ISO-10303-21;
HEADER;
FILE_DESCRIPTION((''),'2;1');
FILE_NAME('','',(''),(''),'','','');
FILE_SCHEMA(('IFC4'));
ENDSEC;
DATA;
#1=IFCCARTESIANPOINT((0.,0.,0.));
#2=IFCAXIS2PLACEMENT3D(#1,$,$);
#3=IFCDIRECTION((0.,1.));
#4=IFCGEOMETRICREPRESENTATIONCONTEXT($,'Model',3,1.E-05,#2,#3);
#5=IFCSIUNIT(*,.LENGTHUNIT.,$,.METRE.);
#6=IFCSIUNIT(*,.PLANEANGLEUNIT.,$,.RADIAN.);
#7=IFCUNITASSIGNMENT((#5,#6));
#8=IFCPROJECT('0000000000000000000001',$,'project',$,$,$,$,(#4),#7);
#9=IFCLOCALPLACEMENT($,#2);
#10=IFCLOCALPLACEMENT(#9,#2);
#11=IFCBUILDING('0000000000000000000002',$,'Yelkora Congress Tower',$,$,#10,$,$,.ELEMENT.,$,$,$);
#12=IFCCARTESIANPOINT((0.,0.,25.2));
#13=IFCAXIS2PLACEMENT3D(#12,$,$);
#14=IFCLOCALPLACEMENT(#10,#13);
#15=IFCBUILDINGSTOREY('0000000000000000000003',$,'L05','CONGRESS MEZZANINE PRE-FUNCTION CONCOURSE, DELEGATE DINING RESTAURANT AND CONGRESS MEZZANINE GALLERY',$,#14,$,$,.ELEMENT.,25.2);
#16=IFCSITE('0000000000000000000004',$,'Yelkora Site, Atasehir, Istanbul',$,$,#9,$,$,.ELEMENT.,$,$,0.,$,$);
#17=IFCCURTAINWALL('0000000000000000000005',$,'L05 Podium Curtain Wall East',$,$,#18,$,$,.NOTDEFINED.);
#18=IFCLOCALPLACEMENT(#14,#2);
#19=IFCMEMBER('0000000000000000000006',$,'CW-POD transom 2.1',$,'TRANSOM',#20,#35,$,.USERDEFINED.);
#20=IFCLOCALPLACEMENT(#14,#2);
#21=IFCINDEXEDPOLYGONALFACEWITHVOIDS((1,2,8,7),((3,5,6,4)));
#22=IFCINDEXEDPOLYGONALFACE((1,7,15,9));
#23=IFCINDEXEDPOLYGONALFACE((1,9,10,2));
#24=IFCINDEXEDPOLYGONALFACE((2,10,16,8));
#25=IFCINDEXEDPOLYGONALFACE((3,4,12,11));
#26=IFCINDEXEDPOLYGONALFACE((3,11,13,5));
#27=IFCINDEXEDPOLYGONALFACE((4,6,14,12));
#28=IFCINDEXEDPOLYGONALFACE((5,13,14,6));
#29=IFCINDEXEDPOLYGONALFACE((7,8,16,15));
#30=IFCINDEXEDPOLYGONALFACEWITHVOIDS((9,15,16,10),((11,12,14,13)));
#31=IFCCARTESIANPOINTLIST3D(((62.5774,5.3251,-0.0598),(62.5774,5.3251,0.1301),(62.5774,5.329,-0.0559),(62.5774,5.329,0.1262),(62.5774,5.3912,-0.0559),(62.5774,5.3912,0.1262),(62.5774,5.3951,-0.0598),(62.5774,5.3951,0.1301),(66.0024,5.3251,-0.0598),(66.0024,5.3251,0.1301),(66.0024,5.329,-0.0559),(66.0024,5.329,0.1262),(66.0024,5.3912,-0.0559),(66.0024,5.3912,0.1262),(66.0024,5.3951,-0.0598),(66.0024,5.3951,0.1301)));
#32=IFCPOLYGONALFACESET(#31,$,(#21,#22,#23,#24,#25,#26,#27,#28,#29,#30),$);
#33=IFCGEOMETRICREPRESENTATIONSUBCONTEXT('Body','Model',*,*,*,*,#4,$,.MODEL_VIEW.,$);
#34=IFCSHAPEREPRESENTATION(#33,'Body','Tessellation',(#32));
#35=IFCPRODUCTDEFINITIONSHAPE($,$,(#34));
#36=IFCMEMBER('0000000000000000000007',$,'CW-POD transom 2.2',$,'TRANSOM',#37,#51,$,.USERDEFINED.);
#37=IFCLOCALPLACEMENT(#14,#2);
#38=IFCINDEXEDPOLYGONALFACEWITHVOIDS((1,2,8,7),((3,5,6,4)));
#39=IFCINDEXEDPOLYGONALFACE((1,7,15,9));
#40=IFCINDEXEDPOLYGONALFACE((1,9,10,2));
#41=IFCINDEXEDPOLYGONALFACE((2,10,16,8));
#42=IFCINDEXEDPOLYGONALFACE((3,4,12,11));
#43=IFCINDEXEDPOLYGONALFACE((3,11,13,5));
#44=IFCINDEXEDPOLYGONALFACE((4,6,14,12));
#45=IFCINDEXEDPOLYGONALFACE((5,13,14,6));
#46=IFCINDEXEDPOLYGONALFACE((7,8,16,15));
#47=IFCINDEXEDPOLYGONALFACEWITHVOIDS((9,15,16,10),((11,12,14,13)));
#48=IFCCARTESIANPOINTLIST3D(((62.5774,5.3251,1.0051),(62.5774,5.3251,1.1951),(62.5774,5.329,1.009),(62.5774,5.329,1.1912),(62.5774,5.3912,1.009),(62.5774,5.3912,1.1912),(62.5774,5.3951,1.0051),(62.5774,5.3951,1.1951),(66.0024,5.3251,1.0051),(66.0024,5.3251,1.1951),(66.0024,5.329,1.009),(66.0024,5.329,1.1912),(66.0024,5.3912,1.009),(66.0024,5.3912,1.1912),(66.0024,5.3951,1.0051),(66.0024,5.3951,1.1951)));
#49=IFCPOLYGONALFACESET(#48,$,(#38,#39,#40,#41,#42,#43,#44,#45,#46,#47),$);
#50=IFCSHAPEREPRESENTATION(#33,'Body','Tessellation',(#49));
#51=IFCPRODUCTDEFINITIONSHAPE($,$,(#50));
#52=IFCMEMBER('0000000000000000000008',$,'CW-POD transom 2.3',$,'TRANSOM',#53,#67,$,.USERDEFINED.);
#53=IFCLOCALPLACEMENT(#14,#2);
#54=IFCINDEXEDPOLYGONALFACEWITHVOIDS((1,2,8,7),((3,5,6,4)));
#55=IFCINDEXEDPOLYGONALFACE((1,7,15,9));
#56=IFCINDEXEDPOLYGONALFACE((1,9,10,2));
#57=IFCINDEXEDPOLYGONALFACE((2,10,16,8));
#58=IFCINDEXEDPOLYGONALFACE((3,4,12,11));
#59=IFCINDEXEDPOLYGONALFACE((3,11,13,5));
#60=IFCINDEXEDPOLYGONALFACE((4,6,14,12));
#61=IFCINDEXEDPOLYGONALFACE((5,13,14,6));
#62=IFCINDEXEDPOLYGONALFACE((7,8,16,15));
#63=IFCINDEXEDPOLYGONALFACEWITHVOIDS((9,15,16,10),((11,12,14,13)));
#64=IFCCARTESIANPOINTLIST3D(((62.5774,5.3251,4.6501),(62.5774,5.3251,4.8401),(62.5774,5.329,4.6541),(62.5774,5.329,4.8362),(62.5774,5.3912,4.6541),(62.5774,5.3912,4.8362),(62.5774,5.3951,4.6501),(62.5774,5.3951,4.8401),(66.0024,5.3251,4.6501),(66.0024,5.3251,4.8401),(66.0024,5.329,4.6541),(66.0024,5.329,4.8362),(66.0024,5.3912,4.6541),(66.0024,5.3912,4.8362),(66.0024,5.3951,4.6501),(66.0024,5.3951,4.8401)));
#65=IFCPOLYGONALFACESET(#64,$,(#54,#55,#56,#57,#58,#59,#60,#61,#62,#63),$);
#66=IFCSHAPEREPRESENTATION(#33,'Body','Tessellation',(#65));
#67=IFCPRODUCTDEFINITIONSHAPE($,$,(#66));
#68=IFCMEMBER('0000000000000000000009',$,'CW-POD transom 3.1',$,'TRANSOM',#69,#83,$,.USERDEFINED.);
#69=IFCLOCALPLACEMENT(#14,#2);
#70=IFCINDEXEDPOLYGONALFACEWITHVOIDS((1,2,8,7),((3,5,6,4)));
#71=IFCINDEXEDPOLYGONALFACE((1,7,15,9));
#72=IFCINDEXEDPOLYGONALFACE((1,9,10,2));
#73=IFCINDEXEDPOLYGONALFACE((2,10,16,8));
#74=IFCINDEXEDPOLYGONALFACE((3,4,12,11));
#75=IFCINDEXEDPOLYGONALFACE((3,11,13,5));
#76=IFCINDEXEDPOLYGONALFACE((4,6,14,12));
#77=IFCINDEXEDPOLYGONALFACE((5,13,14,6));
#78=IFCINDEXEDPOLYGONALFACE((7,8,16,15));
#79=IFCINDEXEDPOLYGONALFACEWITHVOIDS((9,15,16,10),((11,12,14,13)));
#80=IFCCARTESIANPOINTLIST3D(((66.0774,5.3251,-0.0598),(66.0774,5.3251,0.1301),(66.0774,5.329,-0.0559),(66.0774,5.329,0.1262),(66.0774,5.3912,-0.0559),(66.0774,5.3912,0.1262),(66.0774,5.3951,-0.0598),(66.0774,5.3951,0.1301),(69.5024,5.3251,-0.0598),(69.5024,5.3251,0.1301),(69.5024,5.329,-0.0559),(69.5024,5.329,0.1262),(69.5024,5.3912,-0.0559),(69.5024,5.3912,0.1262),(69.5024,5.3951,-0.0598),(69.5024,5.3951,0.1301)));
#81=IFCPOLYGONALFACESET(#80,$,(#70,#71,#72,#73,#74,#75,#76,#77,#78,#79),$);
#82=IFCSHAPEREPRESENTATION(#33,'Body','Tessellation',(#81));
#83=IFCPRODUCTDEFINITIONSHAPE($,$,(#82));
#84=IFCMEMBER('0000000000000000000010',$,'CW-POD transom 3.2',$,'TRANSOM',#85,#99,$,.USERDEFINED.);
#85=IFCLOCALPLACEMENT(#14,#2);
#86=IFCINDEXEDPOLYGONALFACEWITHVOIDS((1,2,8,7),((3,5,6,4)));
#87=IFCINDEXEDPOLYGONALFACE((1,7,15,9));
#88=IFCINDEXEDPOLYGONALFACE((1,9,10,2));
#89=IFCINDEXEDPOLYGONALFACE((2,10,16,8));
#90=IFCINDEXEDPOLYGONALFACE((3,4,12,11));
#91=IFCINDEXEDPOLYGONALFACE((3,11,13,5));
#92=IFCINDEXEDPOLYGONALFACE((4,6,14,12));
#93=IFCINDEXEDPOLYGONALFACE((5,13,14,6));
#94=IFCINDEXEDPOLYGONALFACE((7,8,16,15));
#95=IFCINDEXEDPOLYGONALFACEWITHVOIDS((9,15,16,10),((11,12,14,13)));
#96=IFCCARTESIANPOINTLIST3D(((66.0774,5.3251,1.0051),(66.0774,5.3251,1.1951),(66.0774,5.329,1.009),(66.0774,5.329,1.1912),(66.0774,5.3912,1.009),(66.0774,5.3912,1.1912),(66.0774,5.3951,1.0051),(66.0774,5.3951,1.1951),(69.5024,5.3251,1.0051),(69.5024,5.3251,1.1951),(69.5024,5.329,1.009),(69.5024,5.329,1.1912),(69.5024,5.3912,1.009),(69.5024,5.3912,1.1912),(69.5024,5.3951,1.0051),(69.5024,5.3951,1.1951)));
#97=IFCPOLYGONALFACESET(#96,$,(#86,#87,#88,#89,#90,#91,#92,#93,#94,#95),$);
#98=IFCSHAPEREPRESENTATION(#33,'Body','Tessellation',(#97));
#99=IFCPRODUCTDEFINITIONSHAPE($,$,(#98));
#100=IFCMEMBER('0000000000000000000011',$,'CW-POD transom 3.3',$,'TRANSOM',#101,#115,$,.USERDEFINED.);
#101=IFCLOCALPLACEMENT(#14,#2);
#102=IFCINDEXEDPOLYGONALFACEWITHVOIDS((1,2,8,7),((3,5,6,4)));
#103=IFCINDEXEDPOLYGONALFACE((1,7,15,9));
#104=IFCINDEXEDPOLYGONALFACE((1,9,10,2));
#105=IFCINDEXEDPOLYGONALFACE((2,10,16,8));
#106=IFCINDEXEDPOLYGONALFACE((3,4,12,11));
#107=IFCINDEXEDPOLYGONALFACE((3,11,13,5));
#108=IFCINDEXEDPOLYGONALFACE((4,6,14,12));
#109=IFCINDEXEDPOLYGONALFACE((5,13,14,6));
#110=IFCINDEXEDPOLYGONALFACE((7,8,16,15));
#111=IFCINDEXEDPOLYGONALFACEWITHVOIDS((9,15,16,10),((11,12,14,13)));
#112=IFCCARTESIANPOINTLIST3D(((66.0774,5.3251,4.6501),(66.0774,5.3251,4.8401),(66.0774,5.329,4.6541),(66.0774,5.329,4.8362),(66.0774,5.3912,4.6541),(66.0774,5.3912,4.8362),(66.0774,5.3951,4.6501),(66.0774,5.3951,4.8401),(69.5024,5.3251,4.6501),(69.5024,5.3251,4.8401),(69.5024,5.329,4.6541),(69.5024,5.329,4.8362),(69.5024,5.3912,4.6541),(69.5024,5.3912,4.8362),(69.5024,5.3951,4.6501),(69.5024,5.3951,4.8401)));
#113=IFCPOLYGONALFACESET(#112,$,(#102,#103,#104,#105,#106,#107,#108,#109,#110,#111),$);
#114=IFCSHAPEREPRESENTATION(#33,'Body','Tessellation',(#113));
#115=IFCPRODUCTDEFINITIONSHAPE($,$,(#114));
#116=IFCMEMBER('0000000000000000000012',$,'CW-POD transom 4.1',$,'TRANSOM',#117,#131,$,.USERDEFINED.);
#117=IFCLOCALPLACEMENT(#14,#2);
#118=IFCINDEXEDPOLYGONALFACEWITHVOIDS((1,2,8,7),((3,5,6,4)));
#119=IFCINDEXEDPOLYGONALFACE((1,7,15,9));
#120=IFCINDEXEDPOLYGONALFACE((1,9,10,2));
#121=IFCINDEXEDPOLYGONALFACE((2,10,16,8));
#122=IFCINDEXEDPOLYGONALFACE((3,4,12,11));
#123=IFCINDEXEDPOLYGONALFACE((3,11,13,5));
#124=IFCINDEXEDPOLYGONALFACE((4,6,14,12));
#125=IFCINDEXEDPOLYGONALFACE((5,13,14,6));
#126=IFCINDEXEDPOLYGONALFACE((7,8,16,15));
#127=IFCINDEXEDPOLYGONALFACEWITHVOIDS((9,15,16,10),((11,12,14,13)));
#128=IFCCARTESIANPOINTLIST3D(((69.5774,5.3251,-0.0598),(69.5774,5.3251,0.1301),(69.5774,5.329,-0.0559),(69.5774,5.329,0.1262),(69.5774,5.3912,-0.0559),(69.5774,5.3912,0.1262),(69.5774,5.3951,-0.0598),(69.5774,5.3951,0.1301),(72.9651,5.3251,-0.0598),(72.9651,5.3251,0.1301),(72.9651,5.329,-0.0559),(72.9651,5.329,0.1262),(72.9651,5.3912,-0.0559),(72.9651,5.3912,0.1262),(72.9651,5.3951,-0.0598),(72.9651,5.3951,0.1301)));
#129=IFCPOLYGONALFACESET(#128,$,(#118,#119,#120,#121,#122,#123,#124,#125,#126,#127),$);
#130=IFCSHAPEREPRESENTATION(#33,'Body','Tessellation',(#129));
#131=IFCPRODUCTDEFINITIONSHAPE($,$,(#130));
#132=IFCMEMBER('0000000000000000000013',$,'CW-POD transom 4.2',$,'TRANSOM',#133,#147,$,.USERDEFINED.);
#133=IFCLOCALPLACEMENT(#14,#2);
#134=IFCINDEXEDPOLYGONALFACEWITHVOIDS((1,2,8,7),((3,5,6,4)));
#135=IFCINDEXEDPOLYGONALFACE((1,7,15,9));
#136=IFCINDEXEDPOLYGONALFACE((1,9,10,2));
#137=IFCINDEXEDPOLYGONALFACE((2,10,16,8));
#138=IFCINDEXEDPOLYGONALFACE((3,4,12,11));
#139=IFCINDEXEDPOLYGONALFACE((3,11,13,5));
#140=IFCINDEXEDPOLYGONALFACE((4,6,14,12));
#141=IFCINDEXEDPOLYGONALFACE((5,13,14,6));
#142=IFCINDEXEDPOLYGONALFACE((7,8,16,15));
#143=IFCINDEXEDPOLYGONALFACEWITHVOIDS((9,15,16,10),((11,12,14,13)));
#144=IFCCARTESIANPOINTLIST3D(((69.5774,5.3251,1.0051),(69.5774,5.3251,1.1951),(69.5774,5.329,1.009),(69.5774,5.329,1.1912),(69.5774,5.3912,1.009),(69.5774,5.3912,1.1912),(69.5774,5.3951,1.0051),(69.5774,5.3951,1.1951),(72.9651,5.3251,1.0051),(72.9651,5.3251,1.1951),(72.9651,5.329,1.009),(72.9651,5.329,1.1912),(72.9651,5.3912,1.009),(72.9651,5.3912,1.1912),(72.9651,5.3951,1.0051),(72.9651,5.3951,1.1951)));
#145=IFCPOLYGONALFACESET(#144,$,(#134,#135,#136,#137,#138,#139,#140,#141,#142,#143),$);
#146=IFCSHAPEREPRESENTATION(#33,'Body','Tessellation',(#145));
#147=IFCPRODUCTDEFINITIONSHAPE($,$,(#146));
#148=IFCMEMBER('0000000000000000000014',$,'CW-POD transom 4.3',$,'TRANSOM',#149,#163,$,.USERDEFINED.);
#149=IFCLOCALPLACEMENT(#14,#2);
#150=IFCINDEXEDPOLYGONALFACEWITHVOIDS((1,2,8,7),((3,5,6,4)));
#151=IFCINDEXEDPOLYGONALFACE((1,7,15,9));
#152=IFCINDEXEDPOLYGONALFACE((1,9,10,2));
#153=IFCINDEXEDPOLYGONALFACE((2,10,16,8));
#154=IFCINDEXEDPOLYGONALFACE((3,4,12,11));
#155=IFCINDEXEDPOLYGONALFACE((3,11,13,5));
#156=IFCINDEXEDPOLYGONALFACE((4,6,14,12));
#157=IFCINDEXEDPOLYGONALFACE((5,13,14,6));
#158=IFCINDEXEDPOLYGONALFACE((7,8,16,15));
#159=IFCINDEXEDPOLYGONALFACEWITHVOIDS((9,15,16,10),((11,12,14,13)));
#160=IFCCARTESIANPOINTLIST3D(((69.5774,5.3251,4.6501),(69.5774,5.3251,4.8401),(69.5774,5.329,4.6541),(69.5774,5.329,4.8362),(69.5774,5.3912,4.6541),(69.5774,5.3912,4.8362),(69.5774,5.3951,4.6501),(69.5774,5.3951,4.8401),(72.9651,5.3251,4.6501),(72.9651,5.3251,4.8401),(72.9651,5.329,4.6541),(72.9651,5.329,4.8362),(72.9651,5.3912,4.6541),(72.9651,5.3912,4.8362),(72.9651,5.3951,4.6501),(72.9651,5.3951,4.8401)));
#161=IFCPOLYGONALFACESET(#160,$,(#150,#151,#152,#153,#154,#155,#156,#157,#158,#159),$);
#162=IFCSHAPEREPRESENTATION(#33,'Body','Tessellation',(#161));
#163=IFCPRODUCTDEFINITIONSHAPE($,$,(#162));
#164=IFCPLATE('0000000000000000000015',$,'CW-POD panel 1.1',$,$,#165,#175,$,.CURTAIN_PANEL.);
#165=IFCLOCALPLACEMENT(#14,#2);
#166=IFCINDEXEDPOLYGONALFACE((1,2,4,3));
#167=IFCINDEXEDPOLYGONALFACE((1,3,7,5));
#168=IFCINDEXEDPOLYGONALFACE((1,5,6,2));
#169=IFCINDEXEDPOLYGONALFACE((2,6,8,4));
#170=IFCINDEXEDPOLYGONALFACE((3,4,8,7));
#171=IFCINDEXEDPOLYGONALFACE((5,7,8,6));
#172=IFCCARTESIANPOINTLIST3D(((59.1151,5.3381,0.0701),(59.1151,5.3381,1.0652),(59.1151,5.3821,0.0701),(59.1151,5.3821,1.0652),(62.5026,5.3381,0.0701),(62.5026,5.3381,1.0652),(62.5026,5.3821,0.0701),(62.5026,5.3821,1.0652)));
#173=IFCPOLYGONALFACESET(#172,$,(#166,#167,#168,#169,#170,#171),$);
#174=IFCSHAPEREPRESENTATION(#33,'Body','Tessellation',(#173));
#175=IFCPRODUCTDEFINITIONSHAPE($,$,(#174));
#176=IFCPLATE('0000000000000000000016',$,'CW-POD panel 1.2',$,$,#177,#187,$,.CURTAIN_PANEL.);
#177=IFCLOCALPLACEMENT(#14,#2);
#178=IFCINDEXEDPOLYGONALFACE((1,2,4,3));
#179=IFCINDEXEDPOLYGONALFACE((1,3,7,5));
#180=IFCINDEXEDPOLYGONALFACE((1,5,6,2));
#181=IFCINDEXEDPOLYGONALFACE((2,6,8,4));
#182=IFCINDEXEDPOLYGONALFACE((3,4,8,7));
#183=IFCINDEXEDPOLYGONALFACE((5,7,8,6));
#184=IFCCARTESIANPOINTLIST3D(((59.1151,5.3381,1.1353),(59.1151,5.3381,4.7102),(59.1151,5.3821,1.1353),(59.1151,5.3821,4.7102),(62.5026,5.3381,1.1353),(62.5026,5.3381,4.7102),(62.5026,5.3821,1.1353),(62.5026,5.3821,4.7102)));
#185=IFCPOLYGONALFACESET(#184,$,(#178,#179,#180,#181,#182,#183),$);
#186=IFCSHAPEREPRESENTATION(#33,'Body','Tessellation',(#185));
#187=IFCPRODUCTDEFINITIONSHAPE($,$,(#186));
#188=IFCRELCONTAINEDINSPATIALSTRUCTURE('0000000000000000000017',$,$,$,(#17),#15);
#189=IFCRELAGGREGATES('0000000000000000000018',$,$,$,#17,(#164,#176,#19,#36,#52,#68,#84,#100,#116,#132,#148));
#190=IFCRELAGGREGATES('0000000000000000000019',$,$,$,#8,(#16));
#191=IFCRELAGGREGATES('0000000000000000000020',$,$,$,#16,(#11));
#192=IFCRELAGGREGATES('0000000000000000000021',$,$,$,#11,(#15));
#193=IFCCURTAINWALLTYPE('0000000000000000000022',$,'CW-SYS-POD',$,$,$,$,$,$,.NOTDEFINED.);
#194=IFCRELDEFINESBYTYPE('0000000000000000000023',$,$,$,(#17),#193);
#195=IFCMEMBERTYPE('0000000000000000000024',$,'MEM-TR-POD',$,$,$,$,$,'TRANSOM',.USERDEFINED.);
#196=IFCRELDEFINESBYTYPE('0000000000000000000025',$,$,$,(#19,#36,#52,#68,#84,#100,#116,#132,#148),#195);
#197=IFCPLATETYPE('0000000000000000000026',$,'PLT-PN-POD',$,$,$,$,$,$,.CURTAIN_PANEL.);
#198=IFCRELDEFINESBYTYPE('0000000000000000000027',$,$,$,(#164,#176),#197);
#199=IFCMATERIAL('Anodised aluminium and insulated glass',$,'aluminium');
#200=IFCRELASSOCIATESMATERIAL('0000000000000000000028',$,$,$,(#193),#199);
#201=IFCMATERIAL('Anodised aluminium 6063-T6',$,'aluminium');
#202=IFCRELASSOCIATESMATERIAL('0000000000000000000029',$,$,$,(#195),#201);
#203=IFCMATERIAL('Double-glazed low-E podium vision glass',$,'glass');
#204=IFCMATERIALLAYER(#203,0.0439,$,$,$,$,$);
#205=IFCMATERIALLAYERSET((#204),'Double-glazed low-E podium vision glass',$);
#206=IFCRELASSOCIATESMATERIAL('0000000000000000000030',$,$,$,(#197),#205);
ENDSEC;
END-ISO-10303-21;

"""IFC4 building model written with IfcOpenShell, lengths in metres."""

from ifc_helpers import new_model, si_unit, direction, frame, origin, origin_2d, place, context, subcontext, project, spatial, rectangle, hollow_rectangle, extrude, material, layer, layer_set, material_profile, profile_set, type_object, element, aggregate, save


model = new_model("IFC4")

# Units and contexts
model_context = context("Model", 3, precision=1e-05, world=origin(), true_north=direction((0.0, 1.0)))
body_context = subcontext(model_context, "Body", "Model", "MODEL_VIEW")
ifc_project = project(units=[si_unit("LENGTHUNIT", "METRE"), si_unit("PLANEANGLEUNIT", "RADIAN")], contexts=[model_context])

# Site, building, storey
site_placement = place(None, origin())
site = spatial("IfcSite", under=ifc_project, at=site_placement, Name="Yelkora Site, Atasehir, Istanbul", CompositionType="ELEMENT", RefElevation=0.0)
building_placement = place(site_placement, origin())
building = spatial("IfcBuilding", under=site, at=building_placement, Name="Yelkora Congress Tower", CompositionType="ELEMENT")
storey_placement = place(building_placement, frame((0.0, 0.0, 25.2)))
storey = spatial("IfcBuildingStorey", under=building, at=storey_placement, Name="L05", Description="CONGRESS MEZZANINE PRE-FUNCTION CONCOURSE, DELEGATE DINING RESTAURANT AND CONGRESS MEZZANINE GALLERY", CompositionType="ELEMENT", Elevation=25.2)

# Curtain wall, members, plates
ifc_material_1 = material(Name="Anodised aluminium and insulated glass", Category="aluminium")
curtain_wall_type = type_object("IfcCurtainWallType", Name="CW-SYS-POD", PredefinedType="NOTDEFINED", material=ifc_material_1)
curtain_wall_placement = place(storey_placement, origin())
curtain_wall = element("IfcCurtainWall", 1, at=curtain_wall_placement, inside=storey, type_object=curtain_wall_type, Name="L05 Podium Curtain Wall East", PredefinedType="NOTDEFINED")
ifc_material_2 = material(Name="Anodised aluminium 6063-T6", Category="aluminium")
ifc_material_profile_1 = material_profile(ifc_material_2, hollow_rectangle(XDim=0.0701, YDim=0.1899, WallThickness=0.0039, at=origin_2d()), Name="ALU 70x190x4")
ifc_profile_set_1 = profile_set([ifc_material_profile_1], Name="Anodised aluminium 6063-T6")
member_type_1 = type_object("IfcMemberType", Name="MEM-TR-POD", ElementType="TRANSOM", PredefinedType="USERDEFINED", material=ifc_profile_set_1)
member_1_placement = place(storey_placement, frame((62.5774, 5.3601, 0.0352), z_axis=(1.0, 0.0, 0.0), x_axis=(0.0, 1.0, 0.0)))
member_1 = element("IfcMember", 2, at=member_1_placement, type_object=member_type_1, Name="CW-POD transom 2.1", ObjectType="TRANSOM", PredefinedType="USERDEFINED", context=body_context, shape_type="SweptSolid", body=[
    extrude(hollow_rectangle(XDim=0.0701, YDim=0.1899, WallThickness=0.0039, at=origin_2d()), origin(), (0.0, 0.0, 1.0), 3.425),
])
member_2_placement = place(storey_placement, frame((62.5774, 5.3601, 1.1001), z_axis=(1.0, 0.0, 0.0), x_axis=(0.0, 1.0, 0.0)))
member_2 = element("IfcMember", 3, at=member_2_placement, type_object=member_type_1, Name="CW-POD transom 2.2", ObjectType="TRANSOM", PredefinedType="USERDEFINED", context=body_context, shape_type="SweptSolid", body=[
    extrude(hollow_rectangle(XDim=0.0701, YDim=0.1899, WallThickness=0.0039, at=origin_2d()), origin(), (0.0, 0.0, 1.0), 3.425),
])
member_3_placement = place(storey_placement, frame((62.5774, 5.3601, 4.7451), z_axis=(1.0, 0.0, 0.0), x_axis=(0.0, 1.0, 0.0)))
member_3 = element("IfcMember", 4, at=member_3_placement, type_object=member_type_1, Name="CW-POD transom 2.3", ObjectType="TRANSOM", PredefinedType="USERDEFINED", context=body_context, shape_type="SweptSolid", body=[
    extrude(hollow_rectangle(XDim=0.0701, YDim=0.1899, WallThickness=0.0039, at=origin_2d()), origin(), (0.0, 0.0, 1.0), 3.425),
])
member_4_placement = place(storey_placement, frame((66.0774, 5.3601, 0.0352), z_axis=(1.0, 0.0, 0.0), x_axis=(0.0, 1.0, 0.0)))
member_4 = element("IfcMember", 5, at=member_4_placement, type_object=member_type_1, Name="CW-POD transom 3.1", ObjectType="TRANSOM", PredefinedType="USERDEFINED", context=body_context, shape_type="SweptSolid", body=[
    extrude(hollow_rectangle(XDim=0.0701, YDim=0.1899, WallThickness=0.0039, at=origin_2d()), origin(), (0.0, 0.0, 1.0), 3.425),
])
member_5_placement = place(storey_placement, frame((66.0774, 5.3601, 1.1001), z_axis=(1.0, 0.0, 0.0), x_axis=(0.0, 1.0, 0.0)))
member_5 = element("IfcMember", 6, at=member_5_placement, type_object=member_type_1, Name="CW-POD transom 3.2", ObjectType="TRANSOM", PredefinedType="USERDEFINED", context=body_context, shape_type="SweptSolid", body=[
    extrude(hollow_rectangle(XDim=0.0701, YDim=0.1899, WallThickness=0.0039, at=origin_2d()), origin(), (0.0, 0.0, 1.0), 3.425),
])
member_6_placement = place(storey_placement, frame((66.0774, 5.3601, 4.7451), z_axis=(1.0, 0.0, 0.0), x_axis=(0.0, 1.0, 0.0)))
member_6 = element("IfcMember", 7, at=member_6_placement, type_object=member_type_1, Name="CW-POD transom 3.3", ObjectType="TRANSOM", PredefinedType="USERDEFINED", context=body_context, shape_type="SweptSolid", body=[
    extrude(hollow_rectangle(XDim=0.0701, YDim=0.1899, WallThickness=0.0039, at=origin_2d()), origin(), (0.0, 0.0, 1.0), 3.425),
])
member_7_placement = place(storey_placement, frame((69.5774, 5.3601, 0.0352), z_axis=(1.0, 0.0, 0.0), x_axis=(0.0, 1.0, 0.0)))
member_7 = element("IfcMember", 8, at=member_7_placement, type_object=member_type_1, Name="CW-POD transom 4.1", ObjectType="TRANSOM", PredefinedType="USERDEFINED", context=body_context, shape_type="SweptSolid", body=[
    extrude(hollow_rectangle(XDim=0.0701, YDim=0.1899, WallThickness=0.0039, at=origin_2d()), origin(), (0.0, 0.0, 1.0), 3.3877),
])
member_8_placement = place(storey_placement, frame((69.5774, 5.3601, 1.1001), z_axis=(1.0, 0.0, 0.0), x_axis=(0.0, 1.0, 0.0)))
member_8 = element("IfcMember", 9, at=member_8_placement, type_object=member_type_1, Name="CW-POD transom 4.2", ObjectType="TRANSOM", PredefinedType="USERDEFINED", context=body_context, shape_type="SweptSolid", body=[
    extrude(hollow_rectangle(XDim=0.0701, YDim=0.1899, WallThickness=0.0039, at=origin_2d()), origin(), (0.0, 0.0, 1.0), 3.3877),
])
member_9_placement = place(storey_placement, frame((69.5774, 5.3601, 4.7451), z_axis=(1.0, 0.0, 0.0), x_axis=(0.0, 1.0, 0.0)))
member_9 = element("IfcMember", 10, at=member_9_placement, type_object=member_type_1, Name="CW-POD transom 4.3", ObjectType="TRANSOM", PredefinedType="USERDEFINED", context=body_context, shape_type="SweptSolid", body=[
    extrude(hollow_rectangle(XDim=0.0701, YDim=0.1899, WallThickness=0.0039, at=origin_2d()), origin(), (0.0, 0.0, 1.0), 3.3877),
])
ifc_material_3 = material(Name="Double-glazed low-E podium vision glass", Category="glass")
ifc_layer = layer(ifc_material_3, 0.0439)
ifc_layer_set = layer_set([ifc_layer], Name="Double-glazed low-E podium vision glass")
plate_type = type_object("IfcPlateType", Name="PLT-PN-POD", PredefinedType="CURTAIN_PANEL", material=ifc_layer_set)
plate_1_placement = place(storey_placement, frame((60.8088, 5.3601, 0.0701), z_axis=(0.0, 0.0, 1.0), x_axis=(1.0, 0.0, 0.0)))
plate_1 = element("IfcPlate", 11, at=plate_1_placement, type_object=plate_type, Name="CW-POD panel 1.1", PredefinedType="CURTAIN_PANEL", context=body_context, shape_type="SweptSolid", body=[
    extrude(rectangle(XDim=3.3875, YDim=0.0439, at=origin_2d()), origin(), (0.0, 0.0, 1.0), 0.9951),
])
plate_2_placement = place(storey_placement, frame((60.8088, 5.3601, 1.1353), z_axis=(0.0, 0.0, 1.0), x_axis=(1.0, 0.0, 0.0)))
plate_2 = element("IfcPlate", 12, at=plate_2_placement, type_object=plate_type, Name="CW-POD panel 1.2", PredefinedType="CURTAIN_PANEL", context=body_context, shape_type="SweptSolid", body=[
    extrude(rectangle(XDim=3.3875, YDim=0.0439, at=origin_2d()), origin(), (0.0, 0.0, 1.0), 3.575),
])
aggregate(curtain_wall, [plate_1, plate_2, member_1, member_2, member_3, member_4, member_5, member_6, member_7, member_8, member_9])

save(model, "model.ifc")
